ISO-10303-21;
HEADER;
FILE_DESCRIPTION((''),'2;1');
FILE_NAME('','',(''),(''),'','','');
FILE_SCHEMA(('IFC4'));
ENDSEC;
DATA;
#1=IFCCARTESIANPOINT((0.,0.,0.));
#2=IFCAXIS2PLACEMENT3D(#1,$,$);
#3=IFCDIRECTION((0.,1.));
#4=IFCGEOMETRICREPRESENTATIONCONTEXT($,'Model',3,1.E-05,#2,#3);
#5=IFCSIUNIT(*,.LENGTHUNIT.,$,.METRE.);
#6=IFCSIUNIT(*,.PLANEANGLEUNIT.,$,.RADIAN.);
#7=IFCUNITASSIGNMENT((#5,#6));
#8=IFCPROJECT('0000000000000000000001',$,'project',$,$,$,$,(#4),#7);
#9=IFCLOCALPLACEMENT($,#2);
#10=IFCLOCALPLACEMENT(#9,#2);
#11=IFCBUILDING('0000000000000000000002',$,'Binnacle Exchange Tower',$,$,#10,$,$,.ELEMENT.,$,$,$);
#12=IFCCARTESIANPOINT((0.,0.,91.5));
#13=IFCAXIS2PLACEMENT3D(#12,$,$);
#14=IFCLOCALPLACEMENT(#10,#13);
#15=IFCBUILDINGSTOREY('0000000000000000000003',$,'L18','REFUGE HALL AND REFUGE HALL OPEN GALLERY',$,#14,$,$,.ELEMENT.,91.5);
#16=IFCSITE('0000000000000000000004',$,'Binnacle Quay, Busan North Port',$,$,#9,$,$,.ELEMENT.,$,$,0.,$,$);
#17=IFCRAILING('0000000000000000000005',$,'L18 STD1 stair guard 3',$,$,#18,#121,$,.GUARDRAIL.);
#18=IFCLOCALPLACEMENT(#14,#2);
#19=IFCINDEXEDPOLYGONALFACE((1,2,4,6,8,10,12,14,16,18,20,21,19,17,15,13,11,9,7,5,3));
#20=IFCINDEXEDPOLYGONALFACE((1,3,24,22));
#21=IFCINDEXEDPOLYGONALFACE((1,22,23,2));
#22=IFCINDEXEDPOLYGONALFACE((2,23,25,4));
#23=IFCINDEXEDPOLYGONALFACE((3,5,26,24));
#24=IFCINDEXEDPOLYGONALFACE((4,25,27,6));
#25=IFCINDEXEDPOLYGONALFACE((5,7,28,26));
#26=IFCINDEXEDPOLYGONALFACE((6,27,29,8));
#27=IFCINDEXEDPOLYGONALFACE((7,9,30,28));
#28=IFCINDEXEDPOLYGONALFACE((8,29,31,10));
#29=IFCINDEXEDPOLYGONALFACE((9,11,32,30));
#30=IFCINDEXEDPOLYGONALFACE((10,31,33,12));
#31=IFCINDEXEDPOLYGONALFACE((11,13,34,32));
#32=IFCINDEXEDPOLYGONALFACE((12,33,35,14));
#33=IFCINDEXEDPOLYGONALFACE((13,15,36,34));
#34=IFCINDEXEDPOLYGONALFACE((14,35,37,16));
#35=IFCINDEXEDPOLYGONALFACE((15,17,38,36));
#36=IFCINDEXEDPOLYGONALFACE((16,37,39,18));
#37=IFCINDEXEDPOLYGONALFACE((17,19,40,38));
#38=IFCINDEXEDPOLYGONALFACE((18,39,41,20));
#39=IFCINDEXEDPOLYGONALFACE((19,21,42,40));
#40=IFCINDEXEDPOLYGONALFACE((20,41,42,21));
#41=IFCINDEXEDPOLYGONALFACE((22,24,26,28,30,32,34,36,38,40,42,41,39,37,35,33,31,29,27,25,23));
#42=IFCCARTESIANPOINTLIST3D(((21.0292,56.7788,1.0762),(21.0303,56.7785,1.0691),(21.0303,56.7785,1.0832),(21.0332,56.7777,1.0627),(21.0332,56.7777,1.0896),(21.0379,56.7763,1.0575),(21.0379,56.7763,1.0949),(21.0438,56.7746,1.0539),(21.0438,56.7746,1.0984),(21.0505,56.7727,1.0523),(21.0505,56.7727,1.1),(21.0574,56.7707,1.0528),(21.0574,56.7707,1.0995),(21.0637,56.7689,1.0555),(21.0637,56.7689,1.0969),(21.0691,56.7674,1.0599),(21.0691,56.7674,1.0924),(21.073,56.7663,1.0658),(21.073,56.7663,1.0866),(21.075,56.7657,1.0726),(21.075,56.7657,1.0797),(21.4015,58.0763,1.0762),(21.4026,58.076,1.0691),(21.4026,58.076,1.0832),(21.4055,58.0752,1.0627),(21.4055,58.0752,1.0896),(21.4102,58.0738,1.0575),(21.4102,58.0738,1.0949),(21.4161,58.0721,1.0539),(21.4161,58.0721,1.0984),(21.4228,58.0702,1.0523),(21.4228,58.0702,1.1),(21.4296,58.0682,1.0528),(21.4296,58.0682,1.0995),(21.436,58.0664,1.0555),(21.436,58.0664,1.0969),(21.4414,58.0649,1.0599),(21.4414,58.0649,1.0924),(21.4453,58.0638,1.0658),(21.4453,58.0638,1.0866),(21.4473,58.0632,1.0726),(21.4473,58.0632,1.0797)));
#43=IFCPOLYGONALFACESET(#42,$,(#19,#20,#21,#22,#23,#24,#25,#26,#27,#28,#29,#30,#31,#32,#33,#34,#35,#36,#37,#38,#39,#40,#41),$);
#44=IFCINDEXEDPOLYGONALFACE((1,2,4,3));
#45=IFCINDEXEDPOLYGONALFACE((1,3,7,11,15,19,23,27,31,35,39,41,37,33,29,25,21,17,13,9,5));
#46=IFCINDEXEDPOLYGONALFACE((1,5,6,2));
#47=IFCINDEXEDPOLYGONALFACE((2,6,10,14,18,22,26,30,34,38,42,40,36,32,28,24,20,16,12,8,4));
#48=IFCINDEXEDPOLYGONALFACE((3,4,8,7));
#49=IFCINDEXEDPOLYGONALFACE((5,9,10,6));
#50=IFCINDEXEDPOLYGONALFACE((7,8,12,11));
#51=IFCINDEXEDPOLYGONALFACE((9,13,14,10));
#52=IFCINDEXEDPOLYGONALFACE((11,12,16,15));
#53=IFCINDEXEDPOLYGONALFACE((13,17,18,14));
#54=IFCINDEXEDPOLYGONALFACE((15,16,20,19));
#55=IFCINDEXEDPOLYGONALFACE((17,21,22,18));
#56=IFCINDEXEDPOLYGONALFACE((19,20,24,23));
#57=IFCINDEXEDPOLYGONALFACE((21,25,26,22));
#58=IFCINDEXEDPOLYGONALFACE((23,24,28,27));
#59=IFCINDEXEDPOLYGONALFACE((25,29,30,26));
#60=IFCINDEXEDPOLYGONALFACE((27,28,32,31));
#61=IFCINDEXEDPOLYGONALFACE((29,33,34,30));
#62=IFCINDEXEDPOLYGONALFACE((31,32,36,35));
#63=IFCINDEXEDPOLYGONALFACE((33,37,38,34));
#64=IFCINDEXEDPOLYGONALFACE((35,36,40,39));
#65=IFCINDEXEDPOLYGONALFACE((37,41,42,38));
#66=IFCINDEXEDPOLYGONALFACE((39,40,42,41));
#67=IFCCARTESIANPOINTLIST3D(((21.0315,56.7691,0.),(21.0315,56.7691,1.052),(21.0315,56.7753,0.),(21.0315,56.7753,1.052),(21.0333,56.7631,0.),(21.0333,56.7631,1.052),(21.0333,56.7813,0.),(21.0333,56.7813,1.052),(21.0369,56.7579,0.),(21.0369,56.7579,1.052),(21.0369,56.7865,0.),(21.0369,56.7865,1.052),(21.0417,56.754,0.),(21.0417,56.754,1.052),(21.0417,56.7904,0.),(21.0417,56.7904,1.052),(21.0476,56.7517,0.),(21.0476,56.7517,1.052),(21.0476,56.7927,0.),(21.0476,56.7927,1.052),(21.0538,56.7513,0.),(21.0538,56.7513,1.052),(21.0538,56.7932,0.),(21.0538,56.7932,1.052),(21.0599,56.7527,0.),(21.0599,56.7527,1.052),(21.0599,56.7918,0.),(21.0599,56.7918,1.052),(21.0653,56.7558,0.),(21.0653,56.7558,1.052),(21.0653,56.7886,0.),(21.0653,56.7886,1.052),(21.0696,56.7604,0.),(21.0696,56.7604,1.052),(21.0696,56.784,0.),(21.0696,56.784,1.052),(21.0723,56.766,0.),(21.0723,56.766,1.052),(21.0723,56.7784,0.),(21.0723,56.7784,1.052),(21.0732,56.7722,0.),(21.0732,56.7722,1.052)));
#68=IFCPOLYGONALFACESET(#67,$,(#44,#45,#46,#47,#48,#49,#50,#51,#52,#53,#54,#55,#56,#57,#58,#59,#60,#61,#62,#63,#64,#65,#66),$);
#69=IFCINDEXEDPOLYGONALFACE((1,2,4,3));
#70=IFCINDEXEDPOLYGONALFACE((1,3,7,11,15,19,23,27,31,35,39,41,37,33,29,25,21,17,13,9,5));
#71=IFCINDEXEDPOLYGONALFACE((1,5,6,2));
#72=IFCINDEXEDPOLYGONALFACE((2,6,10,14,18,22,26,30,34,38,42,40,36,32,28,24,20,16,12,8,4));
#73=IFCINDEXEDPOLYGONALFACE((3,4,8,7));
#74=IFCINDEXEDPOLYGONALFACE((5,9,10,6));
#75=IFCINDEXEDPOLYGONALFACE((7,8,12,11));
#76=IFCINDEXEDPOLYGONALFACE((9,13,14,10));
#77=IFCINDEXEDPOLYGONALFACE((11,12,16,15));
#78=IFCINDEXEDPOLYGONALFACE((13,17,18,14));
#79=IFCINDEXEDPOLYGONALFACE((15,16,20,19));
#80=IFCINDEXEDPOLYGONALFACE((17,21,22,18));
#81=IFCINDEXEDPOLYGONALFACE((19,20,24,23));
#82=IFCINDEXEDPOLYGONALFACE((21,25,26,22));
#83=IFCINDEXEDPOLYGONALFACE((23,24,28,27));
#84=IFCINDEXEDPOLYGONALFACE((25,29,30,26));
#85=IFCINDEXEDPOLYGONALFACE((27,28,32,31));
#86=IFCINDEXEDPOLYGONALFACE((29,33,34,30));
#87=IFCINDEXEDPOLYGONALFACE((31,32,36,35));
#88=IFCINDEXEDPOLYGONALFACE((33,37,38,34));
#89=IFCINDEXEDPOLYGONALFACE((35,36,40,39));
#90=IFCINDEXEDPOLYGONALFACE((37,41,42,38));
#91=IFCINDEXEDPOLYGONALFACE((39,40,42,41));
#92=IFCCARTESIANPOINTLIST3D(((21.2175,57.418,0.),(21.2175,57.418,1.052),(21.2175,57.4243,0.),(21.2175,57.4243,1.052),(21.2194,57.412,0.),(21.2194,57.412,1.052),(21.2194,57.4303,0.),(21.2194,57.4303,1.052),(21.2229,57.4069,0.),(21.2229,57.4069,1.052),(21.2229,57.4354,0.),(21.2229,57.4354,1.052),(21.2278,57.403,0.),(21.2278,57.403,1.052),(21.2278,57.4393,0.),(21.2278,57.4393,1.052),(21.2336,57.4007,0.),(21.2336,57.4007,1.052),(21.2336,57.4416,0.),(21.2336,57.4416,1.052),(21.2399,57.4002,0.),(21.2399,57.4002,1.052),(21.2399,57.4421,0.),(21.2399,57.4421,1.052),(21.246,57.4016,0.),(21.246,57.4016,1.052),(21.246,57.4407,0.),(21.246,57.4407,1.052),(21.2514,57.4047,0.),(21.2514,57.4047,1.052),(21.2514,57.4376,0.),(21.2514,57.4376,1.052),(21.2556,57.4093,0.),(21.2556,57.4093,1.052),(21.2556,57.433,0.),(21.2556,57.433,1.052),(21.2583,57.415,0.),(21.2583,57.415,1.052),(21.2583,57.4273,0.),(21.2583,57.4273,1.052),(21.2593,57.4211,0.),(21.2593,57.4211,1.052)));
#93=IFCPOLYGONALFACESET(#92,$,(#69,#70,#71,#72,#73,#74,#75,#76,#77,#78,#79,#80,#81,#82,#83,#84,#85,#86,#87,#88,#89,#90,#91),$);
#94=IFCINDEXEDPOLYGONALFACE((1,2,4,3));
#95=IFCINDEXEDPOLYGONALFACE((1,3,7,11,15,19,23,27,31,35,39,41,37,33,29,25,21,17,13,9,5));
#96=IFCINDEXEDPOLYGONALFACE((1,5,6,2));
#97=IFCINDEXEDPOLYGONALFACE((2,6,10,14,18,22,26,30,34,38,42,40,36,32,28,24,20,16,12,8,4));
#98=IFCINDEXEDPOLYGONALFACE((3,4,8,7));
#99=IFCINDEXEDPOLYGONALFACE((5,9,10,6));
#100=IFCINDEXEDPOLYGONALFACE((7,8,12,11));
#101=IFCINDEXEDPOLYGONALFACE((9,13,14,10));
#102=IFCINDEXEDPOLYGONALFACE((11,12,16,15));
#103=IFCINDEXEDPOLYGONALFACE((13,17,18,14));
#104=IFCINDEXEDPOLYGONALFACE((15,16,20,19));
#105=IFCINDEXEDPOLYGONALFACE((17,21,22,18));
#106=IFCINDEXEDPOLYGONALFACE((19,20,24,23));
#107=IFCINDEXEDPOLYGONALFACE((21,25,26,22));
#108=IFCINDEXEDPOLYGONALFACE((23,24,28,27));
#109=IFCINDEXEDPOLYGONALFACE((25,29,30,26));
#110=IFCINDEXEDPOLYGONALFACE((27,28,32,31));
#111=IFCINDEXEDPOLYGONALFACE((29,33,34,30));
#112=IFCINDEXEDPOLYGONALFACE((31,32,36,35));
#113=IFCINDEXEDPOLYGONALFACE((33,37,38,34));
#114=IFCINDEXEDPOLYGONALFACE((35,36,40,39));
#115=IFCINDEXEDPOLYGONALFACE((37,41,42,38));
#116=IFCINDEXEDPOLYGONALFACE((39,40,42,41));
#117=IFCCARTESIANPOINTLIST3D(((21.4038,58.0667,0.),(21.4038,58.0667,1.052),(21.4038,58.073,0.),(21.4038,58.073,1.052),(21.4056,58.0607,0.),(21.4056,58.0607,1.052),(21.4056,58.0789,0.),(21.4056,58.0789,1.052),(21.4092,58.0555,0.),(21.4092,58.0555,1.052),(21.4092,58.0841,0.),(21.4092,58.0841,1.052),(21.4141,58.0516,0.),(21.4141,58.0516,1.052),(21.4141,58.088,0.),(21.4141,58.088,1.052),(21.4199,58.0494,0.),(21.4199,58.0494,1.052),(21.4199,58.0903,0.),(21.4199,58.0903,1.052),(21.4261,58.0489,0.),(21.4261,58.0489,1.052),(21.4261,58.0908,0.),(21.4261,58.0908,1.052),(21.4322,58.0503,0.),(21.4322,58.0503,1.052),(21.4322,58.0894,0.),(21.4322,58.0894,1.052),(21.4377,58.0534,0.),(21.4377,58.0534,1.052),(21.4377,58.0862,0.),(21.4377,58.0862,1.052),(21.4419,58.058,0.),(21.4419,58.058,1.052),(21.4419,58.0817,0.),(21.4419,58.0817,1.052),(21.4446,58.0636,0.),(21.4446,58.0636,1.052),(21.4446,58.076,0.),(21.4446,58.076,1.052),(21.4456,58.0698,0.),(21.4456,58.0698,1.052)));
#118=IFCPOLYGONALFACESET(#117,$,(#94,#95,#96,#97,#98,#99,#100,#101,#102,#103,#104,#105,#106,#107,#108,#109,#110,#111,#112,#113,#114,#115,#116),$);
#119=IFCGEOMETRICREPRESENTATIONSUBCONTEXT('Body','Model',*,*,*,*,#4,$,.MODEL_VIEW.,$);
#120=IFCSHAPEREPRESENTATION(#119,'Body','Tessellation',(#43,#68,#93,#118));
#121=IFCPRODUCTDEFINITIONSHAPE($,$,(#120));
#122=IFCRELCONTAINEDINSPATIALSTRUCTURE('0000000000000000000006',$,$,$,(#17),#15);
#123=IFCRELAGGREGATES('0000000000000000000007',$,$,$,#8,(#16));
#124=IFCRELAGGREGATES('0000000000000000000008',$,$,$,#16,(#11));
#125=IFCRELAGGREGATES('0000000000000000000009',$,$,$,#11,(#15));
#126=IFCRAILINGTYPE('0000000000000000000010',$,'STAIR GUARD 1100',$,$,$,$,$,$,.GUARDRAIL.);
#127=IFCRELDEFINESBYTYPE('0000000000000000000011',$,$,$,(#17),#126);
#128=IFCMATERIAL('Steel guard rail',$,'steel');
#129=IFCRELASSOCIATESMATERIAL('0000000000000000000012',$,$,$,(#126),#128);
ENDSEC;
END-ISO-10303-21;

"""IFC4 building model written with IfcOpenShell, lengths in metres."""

from ifc_helpers import new_model, si_unit, direction, frame, origin, origin_2d, place, context, subcontext, project, spatial, circle, extrude, material, type_object, element, save


model = new_model("IFC4")

# Units and contexts
model_context = context("Model", 3, precision=1e-05, world=origin(), true_north=direction((0.0, 1.0)))
body_context = subcontext(model_context, "Body", "Model", "MODEL_VIEW")
ifc_project = project(units=[si_unit("LENGTHUNIT", "METRE"), si_unit("PLANEANGLEUNIT", "RADIAN")], contexts=[model_context])

# Site, building, storey
site_placement = place(None, origin())
site = spatial("IfcSite", under=ifc_project, at=site_placement, Name="Binnacle Quay, Busan North Port", CompositionType="ELEMENT", RefElevation=0.0)
building_placement = place(site_placement, origin())
building = spatial("IfcBuilding", under=site, at=building_placement, Name="Binnacle Exchange Tower", CompositionType="ELEMENT")
storey_placement = place(building_placement, frame((0.0, 0.0, 91.5)))
storey = spatial("IfcBuildingStorey", under=building, at=storey_placement, Name="L18", Description="REFUGE HALL AND REFUGE HALL OPEN GALLERY", CompositionType="ELEMENT", Elevation=91.5)

# Railing
ifc_material_1 = material(Name="Steel guard rail", Category="steel")
railing_type_1 = type_object("IfcRailingType", Name="STAIR GUARD 1100", PredefinedType="GUARDRAIL", material=ifc_material_1)
railing_1_placement = place(storey_placement, frame((21.0522, 56.7722, 0.0)))
element("IfcRailing", 1, at=railing_1_placement, inside=storey, type_object=railing_type_1, Name="L18 STD1 stair guard 3", PredefinedType="GUARDRAIL", context=body_context, shape_type="SweptSolid", body=[
    extrude(circle(Radius=0.0239, at=origin_2d()), frame((0.0, 0.0, 1.0762), z_axis=(0.275796, 0.961216, 0.0), x_axis=(-0.961216, 0.275796, 0.0)), (0.0, 0.0, 1.0), 1.3499),
    extrude(circle(Radius=0.021, at=origin_2d()), origin(), (0.0, 0.0, 1.0), 1.052),
    extrude(circle(Radius=0.021, at=origin_2d()), frame((0.186, 0.6489, 0.0)), (0.0, 0.0, 1.0), 1.052),
    extrude(circle(Radius=0.021, at=origin_2d()), frame((0.3723, 1.2976, 0.0)), (0.0, 0.0, 1.0), 1.052),
])

save(model, "model.ifc")
